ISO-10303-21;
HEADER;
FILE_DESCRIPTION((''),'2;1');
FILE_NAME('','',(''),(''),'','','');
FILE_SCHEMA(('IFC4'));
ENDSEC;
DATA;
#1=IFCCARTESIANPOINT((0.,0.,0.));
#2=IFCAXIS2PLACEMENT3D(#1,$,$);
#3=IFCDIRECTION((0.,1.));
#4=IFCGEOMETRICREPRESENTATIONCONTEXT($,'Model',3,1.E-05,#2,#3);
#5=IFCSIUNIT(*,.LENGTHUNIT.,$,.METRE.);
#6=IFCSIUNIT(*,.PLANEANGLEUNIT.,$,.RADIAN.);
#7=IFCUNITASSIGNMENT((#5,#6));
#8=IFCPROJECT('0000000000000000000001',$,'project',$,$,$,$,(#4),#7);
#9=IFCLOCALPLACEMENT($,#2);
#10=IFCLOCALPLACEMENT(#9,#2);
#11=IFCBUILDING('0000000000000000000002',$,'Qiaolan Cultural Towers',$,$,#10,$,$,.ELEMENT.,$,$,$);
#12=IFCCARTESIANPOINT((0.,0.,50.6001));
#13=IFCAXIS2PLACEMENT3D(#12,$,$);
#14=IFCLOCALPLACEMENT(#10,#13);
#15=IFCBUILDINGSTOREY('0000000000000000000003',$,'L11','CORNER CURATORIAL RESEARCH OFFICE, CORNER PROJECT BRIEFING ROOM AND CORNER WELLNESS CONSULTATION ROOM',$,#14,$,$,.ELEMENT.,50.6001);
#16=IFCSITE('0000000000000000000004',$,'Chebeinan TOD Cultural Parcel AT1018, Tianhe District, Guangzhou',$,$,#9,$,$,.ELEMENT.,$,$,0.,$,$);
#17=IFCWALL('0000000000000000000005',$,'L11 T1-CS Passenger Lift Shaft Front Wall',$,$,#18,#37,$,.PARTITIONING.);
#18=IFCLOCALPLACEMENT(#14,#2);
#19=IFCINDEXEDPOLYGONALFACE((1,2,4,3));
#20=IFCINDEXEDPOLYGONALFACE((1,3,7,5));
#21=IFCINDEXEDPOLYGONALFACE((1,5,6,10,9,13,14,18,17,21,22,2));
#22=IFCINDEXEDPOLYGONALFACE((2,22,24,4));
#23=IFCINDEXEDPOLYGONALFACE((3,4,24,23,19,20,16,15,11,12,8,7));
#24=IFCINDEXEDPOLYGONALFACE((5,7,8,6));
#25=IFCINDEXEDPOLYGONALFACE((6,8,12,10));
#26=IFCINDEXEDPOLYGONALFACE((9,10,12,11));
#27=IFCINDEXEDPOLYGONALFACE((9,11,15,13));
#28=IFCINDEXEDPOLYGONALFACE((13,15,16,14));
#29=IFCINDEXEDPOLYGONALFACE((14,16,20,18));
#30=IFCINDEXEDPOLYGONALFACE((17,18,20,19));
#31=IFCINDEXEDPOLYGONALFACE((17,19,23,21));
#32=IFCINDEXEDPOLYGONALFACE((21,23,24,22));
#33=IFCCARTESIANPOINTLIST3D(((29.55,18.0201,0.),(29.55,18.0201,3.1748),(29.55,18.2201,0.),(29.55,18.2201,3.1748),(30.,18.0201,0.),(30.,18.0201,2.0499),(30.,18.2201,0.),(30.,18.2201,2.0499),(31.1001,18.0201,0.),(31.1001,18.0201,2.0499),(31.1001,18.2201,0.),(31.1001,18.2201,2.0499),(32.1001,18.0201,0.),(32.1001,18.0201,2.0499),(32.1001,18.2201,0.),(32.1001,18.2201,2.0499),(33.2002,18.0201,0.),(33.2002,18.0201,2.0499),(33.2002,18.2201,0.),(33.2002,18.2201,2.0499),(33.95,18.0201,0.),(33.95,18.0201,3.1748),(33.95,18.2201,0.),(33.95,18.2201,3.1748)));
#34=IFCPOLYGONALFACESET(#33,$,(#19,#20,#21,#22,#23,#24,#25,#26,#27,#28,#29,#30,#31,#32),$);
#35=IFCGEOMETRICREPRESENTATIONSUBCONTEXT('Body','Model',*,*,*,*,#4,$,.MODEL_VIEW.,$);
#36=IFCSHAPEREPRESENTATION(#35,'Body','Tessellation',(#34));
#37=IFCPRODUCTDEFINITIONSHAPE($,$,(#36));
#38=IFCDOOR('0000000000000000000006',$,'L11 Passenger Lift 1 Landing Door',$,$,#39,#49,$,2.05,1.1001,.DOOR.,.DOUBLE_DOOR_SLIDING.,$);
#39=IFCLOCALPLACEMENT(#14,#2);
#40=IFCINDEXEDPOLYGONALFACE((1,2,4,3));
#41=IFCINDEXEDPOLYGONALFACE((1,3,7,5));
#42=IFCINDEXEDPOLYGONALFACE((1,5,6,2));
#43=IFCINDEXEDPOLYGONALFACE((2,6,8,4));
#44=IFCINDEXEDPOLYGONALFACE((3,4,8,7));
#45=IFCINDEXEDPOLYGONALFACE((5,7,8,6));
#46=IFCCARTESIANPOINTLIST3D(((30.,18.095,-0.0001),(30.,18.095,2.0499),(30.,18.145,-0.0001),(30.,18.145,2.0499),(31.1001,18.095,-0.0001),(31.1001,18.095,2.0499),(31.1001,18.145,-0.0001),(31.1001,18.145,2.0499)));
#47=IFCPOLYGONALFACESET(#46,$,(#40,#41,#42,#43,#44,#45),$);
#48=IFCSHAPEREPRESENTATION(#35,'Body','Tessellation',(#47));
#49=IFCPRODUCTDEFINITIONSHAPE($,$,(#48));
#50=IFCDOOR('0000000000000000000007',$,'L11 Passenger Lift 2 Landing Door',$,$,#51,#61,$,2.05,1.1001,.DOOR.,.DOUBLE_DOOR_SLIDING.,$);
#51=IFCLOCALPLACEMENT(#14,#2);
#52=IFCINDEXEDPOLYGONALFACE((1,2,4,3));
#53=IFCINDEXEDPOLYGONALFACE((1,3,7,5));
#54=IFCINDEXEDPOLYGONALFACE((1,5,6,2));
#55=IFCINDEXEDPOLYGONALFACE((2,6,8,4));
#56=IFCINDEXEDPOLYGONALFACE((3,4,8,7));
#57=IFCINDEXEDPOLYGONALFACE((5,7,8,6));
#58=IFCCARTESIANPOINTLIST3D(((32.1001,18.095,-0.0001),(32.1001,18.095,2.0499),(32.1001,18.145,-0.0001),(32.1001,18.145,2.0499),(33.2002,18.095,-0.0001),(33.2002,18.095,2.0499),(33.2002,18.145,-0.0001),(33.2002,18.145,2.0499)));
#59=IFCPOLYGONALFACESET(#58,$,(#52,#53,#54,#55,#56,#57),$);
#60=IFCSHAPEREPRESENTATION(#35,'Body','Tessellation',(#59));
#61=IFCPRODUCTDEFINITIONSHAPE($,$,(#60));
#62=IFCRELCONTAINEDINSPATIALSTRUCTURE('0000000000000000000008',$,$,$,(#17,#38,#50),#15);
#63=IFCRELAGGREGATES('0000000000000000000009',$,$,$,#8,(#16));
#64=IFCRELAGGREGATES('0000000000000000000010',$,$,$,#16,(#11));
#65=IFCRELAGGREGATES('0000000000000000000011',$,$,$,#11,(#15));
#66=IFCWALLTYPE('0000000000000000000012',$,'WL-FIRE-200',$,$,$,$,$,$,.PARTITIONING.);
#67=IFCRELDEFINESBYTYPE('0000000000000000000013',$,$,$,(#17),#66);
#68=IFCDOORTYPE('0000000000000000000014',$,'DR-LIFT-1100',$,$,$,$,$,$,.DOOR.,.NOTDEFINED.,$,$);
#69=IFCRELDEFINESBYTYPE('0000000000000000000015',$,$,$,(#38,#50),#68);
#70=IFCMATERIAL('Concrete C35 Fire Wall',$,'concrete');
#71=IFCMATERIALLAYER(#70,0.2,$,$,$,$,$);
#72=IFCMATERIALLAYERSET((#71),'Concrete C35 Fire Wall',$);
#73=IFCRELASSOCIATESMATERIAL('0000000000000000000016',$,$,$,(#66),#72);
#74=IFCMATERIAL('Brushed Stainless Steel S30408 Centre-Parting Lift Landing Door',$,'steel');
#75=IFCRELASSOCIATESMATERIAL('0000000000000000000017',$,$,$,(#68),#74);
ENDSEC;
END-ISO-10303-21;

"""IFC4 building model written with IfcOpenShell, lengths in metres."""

from ifc_helpers import new_model, si_unit, direction, frame, frame_2d, origin, place, context, subcontext, project, spatial, rectangle, extrude, material, layer, layer_set, type_object, element, fill, save


model = new_model("IFC4")

# Units and contexts
model_context = context("Model", 3, precision=1e-05, world=origin(), true_north=direction((0.0, 1.0)))
body_context = subcontext(model_context, "Body", "Model", "MODEL_VIEW")
ifc_project = project(units=[si_unit("LENGTHUNIT", "METRE"), si_unit("PLANEANGLEUNIT", "RADIAN")], contexts=[model_context])

# Site, building, storey
site_placement = place(None, origin())
site = spatial("IfcSite", under=ifc_project, at=site_placement, Name="Chebeinan TOD Cultural Parcel AT1018, Tianhe District, Guangzhou", CompositionType="ELEMENT", RefElevation=0.0)
building_placement = place(site_placement, origin())
building = spatial("IfcBuilding", under=site, at=building_placement, Name="Qiaolan Cultural Towers", CompositionType="ELEMENT")
storey_placement = place(building_placement, frame((0.0, 0.0, 50.6001)))
storey = spatial("IfcBuildingStorey", under=building, at=storey_placement, Name="L11", Description="CORNER CURATORIAL RESEARCH OFFICE, CORNER PROJECT BRIEFING ROOM AND CORNER WELLNESS CONSULTATION ROOM", CompositionType="ELEMENT", Elevation=50.6001)

# Shared definitions
ifc_material_1 = material(Name="Concrete C35 Fire Wall", Category="concrete")
ifc_layer_1 = layer(ifc_material_1, 0.2)
ifc_layer_set_1 = layer_set([ifc_layer_1], Name="Concrete C35 Fire Wall")
wall_type_1 = type_object("IfcWallType", Name="WL-FIRE-200", PredefinedType="PARTITIONING", material=ifc_layer_set_1)

# Wall, openings, doors
wall_1_placement = place(storey_placement, frame((29.55, 18.1201, 0.0), z_axis=(0.0, 0.0, 1.0), x_axis=(1.0, 0.0, 0.0)))
wall_1 = element("IfcWall", 1, at=wall_1_placement, inside=storey, type_object=wall_type_1, Name="L11 T1-CS Passenger Lift Shaft Front Wall", PredefinedType="PARTITIONING", context=body_context, shape_type="SweptSolid", body=[
    extrude(rectangle(XDim=4.3999, YDim=0.2, at=frame_2d((2.2, 0.0))), origin(), (0.0, 0.0, 1.0), 3.1748),
])
opening_1_placement = place(wall_1_placement, frame((0.45, 0.0, 0.0)))
opening_1 = element("IfcOpeningElement", 2, at=opening_1_placement, cuts=wall_1, PredefinedType="OPENING", context=body_context, shape_type="SweptSolid", body=[
    extrude(rectangle(XDim=1.1001, YDim=2.05, at=frame_2d((0.55, 1.0249))), frame((0.0, 0.1099, 0.0), z_axis=(0.0, -1.0, 0.0), x_axis=(1.0, 0.0, 0.0)), (0.0, 0.0, 1.0), 0.22),
])
opening_2_placement = place(wall_1_placement, frame((2.55, 0.0, 0.0)))
opening_2 = element("IfcOpeningElement", 3, at=opening_2_placement, cuts=wall_1, PredefinedType="OPENING", context=body_context, shape_type="SweptSolid", body=[
    extrude(rectangle(XDim=1.1001, YDim=2.05, at=frame_2d((0.55, 1.0249))), frame((0.0, 0.1099, 0.0), z_axis=(0.0, -1.0, 0.0), x_axis=(1.0, 0.0, 0.0)), (0.0, 0.0, 1.0), 0.22),
])
ifc_material_2 = material(Name="Brushed Stainless Steel S30408 Centre-Parting Lift Landing Door", Category="steel")
door_type_1 = type_object("IfcDoorType", Name="DR-LIFT-1100", OperationType="NOTDEFINED", PredefinedType="DOOR", material=ifc_material_2)
door_1_placement = place(opening_1_placement, origin())
door_1 = element("IfcDoor", 4, at=door_1_placement, inside=storey, type_object=door_type_1, Name="L11 Passenger Lift 1 Landing Door", OperationType="DOUBLE_DOOR_SLIDING", OverallHeight=2.05, OverallWidth=1.1001, PredefinedType="DOOR", context=body_context, shape_type="SweptSolid", body=[
    extrude(rectangle(XDim=1.1001, YDim=2.05, at=frame_2d((0.55, 1.0249))), frame((0.0, 0.0249, 0.0), z_axis=(0.0, -1.0, 0.0), x_axis=(1.0, 0.0, 0.0)), (0.0, 0.0, 1.0), 0.05),
])
fill(opening_1, door_1)
door_2_placement = place(opening_2_placement, origin())
door_2 = element("IfcDoor", 5, at=door_2_placement, inside=storey, type_object=door_type_1, Name="L11 Passenger Lift 2 Landing Door", OperationType="DOUBLE_DOOR_SLIDING", OverallHeight=2.05, OverallWidth=1.1001, PredefinedType="DOOR", context=body_context, shape_type="SweptSolid", body=[
    extrude(rectangle(XDim=1.1001, YDim=2.05, at=frame_2d((0.55, 1.0249))), frame((0.0, 0.0249, 0.0), z_axis=(0.0, -1.0, 0.0), x_axis=(1.0, 0.0, 0.0)), (0.0, 0.0, 1.0), 0.05),
])
fill(opening_2, door_2)

save(model, "model.ifc")
